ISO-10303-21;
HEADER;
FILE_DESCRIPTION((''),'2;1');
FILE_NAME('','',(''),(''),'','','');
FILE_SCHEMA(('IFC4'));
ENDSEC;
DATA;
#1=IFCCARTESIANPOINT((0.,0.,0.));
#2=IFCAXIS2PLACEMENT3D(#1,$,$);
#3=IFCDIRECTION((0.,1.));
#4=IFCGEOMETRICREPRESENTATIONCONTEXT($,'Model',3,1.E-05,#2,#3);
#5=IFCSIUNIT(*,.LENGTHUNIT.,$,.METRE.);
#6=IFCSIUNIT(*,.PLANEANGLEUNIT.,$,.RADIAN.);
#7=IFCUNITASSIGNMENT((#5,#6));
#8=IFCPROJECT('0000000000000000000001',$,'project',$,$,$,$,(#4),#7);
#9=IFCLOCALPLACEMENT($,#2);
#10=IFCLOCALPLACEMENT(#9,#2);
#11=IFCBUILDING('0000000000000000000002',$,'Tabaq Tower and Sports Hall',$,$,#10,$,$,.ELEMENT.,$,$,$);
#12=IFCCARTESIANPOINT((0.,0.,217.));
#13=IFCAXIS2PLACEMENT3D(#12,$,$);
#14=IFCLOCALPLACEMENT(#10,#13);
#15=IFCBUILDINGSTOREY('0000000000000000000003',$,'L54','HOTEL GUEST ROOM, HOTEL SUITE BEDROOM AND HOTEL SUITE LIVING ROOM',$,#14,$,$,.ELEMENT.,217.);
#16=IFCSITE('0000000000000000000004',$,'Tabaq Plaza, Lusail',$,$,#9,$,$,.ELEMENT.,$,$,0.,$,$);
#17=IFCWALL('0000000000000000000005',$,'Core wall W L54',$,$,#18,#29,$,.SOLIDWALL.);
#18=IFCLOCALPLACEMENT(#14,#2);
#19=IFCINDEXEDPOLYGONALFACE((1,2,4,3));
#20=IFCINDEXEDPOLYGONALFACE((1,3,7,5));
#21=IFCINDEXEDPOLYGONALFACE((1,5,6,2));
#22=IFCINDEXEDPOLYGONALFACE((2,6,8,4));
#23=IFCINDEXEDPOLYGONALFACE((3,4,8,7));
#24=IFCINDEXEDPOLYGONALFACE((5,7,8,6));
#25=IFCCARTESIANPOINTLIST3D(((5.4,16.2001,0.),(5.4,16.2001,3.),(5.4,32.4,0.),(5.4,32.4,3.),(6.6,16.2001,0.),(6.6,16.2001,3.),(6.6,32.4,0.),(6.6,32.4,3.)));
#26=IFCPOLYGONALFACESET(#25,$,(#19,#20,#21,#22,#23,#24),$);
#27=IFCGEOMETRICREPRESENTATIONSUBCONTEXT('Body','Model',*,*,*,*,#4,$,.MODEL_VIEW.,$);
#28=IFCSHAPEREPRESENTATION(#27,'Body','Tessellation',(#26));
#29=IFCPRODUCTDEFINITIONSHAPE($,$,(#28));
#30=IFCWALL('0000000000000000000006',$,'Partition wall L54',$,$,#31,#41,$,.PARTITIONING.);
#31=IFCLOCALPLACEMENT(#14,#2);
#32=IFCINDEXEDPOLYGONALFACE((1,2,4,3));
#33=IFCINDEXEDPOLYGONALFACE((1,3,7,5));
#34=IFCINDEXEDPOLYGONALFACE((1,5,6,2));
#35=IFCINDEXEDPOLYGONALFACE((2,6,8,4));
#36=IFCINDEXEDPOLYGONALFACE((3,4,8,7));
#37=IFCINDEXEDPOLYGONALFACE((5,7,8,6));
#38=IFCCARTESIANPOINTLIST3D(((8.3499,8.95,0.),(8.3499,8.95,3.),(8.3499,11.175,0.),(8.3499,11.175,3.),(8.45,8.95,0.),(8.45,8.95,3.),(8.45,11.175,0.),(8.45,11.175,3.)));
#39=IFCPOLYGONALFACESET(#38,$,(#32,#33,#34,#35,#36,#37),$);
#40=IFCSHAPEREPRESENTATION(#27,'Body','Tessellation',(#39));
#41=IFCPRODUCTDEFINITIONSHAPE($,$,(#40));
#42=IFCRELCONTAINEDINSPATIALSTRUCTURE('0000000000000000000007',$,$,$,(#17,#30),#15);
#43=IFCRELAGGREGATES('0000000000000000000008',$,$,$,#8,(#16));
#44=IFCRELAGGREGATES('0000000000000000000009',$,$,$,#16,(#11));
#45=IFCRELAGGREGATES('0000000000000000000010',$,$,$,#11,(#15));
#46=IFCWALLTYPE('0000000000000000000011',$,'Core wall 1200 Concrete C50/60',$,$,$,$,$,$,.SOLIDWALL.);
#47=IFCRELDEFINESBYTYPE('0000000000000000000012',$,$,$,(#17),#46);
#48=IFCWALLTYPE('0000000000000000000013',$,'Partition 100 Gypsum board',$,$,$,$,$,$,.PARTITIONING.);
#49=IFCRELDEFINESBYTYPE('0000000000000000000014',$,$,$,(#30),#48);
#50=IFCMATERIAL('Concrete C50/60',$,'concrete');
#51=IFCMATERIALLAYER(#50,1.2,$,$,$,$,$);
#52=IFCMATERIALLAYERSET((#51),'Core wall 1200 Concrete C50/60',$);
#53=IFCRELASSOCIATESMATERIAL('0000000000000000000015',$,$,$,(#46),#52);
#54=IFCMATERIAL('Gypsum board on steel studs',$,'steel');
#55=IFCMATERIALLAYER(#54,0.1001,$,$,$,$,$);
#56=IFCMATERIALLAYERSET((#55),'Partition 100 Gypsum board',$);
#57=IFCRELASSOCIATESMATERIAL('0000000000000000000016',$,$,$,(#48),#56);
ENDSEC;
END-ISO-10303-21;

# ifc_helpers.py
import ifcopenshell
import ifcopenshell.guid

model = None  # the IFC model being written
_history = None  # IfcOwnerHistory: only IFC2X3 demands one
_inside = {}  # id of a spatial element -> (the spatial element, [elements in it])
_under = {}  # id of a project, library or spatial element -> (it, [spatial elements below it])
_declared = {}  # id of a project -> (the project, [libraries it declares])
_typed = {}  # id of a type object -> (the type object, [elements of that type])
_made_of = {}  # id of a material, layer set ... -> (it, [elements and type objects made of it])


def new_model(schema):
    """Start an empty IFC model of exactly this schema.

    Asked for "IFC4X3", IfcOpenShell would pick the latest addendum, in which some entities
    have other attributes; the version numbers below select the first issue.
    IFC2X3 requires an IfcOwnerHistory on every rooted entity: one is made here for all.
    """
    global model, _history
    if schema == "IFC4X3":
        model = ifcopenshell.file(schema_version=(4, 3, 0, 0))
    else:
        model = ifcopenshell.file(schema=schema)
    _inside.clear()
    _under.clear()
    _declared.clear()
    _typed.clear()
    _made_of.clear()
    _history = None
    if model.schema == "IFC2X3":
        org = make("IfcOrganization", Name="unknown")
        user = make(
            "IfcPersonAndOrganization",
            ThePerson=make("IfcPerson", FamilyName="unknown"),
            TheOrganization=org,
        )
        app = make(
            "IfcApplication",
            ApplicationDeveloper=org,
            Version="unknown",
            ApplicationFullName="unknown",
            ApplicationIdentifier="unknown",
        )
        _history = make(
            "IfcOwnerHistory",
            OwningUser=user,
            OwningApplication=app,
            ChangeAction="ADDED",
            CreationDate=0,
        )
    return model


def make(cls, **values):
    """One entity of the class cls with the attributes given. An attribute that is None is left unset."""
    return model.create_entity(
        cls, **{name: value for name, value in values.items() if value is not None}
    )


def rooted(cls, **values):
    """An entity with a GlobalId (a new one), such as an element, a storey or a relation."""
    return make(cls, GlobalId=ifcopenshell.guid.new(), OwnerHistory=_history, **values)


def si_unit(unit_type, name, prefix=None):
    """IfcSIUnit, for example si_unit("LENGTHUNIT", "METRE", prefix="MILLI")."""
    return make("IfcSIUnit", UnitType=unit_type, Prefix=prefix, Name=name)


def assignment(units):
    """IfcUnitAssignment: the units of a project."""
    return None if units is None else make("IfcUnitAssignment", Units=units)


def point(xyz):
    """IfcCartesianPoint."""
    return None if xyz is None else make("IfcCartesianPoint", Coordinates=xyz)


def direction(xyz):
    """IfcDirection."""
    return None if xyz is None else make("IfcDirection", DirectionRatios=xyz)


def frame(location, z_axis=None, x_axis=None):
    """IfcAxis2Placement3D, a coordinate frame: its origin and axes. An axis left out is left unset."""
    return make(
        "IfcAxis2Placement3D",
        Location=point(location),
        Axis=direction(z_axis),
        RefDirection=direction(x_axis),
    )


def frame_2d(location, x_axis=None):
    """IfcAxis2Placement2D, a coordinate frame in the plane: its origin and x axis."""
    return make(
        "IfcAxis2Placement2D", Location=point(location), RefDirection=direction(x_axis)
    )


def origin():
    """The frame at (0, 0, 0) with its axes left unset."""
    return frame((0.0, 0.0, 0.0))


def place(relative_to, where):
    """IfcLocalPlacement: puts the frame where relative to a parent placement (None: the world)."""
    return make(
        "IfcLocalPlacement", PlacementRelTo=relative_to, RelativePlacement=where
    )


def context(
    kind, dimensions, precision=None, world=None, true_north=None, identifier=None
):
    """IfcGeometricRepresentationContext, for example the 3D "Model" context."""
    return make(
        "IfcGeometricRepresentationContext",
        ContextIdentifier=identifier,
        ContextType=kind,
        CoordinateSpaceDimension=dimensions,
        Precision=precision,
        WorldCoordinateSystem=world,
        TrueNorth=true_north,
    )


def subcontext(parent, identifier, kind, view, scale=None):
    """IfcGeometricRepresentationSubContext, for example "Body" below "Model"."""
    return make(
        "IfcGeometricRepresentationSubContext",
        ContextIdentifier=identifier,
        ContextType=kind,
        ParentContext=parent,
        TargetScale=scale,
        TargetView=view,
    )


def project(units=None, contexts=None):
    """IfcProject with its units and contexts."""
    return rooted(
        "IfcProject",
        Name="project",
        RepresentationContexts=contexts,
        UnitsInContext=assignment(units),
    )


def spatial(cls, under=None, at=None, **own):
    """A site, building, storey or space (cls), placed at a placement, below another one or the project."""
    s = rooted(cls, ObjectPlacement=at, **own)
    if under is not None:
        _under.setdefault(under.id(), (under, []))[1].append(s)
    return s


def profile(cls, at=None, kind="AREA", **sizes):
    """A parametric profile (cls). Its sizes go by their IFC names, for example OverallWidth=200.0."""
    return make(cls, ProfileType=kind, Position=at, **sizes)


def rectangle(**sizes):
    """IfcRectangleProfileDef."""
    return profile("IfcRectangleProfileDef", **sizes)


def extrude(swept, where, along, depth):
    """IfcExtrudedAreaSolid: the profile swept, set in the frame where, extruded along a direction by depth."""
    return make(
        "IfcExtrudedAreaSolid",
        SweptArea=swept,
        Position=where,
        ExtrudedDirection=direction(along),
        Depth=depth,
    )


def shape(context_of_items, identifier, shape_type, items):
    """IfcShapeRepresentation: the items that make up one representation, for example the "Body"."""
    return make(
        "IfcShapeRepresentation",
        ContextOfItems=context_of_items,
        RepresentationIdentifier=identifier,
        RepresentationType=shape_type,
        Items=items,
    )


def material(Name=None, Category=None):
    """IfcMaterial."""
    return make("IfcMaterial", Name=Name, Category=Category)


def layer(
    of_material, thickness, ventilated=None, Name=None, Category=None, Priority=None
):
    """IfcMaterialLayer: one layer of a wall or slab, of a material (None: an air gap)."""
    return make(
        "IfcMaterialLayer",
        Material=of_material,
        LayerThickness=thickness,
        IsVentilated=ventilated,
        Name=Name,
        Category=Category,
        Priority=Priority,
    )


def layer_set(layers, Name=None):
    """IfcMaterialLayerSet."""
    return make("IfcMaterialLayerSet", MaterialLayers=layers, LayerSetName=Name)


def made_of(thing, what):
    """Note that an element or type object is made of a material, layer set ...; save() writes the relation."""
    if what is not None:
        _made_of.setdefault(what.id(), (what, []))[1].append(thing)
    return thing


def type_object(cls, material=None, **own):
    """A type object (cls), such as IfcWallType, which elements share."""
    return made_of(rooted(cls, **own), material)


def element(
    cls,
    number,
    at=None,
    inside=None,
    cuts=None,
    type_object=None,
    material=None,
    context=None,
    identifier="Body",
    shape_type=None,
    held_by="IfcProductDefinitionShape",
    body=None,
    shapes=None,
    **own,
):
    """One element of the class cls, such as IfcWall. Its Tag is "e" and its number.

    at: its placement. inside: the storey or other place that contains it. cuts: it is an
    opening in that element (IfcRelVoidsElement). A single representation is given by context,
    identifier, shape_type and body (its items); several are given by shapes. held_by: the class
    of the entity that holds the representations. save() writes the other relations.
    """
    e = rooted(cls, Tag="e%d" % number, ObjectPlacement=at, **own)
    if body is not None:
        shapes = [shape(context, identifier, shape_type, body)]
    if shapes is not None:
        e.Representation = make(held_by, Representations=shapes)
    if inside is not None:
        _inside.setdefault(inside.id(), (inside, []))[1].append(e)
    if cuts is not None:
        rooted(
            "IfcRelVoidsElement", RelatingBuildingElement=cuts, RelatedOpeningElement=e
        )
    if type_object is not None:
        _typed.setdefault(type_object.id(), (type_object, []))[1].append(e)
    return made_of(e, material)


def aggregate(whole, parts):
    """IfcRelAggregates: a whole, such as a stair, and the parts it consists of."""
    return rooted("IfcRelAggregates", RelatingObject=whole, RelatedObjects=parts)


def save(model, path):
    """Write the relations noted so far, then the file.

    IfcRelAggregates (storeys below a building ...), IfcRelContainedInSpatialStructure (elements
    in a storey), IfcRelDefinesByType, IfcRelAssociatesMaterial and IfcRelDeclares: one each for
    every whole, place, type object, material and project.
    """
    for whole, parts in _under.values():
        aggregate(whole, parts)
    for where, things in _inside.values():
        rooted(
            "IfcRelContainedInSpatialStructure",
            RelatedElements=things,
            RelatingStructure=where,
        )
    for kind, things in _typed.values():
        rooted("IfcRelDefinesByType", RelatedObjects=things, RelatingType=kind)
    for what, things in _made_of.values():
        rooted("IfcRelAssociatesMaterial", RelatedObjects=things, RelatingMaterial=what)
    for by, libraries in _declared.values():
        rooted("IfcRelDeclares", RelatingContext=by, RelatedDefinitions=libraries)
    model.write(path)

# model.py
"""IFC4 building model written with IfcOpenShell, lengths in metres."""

from ifc_helpers import new_model, si_unit, direction, frame, frame_2d, origin, place, context, subcontext, project, spatial, rectangle, extrude, material, layer, layer_set, type_object, element, save


model = new_model("IFC4")

# Units and contexts
model_context = context("Model", 3, precision=1e-05, world=origin(), true_north=direction((0.0, 1.0)))
body_context = subcontext(model_context, "Body", "Model", "MODEL_VIEW")
ifc_project = project(units=[si_unit("LENGTHUNIT", "METRE"), si_unit("PLANEANGLEUNIT", "RADIAN")], contexts=[model_context])

# Site, building, storey
site_placement = place(None, origin())
site = spatial("IfcSite", under=ifc_project, at=site_placement, Name="Tabaq Plaza, Lusail", CompositionType="ELEMENT", RefElevation=0.0)
building_placement = place(site_placement, origin())
building = spatial("IfcBuilding", under=site, at=building_placement, Name="Tabaq Tower and Sports Hall", CompositionType="ELEMENT")
storey_placement = place(building_placement, frame((0.0, 0.0, 217.0)))
storey = spatial("IfcBuildingStorey", under=building, at=storey_placement, Name="L54", Description="HOTEL GUEST ROOM, HOTEL SUITE BEDROOM AND HOTEL SUITE LIVING ROOM", CompositionType="ELEMENT", Elevation=217.0)

# Walls
ifc_material_1 = material(Name="Concrete C50/60", Category="concrete")
ifc_layer_1 = layer(ifc_material_1, 1.2)
ifc_layer_set_1 = layer_set([ifc_layer_1], Name="Core wall 1200 Concrete C50/60")
wall_type_1 = type_object("IfcWallType", Name="Core wall 1200 Concrete C50/60", PredefinedType="SOLIDWALL", material=ifc_layer_set_1)
wall_1_placement = place(storey_placement, frame((6.0, 16.2, 0.0), z_axis=(0.0, 0.0, 1.0), x_axis=(0.0, 1.0, 0.0)))
element("IfcWall", 1, at=wall_1_placement, inside=storey, type_object=wall_type_1, Name="Core wall W L54", PredefinedType="SOLIDWALL", context=body_context, shape_type="SweptSolid", body=[
    extrude(rectangle(XDim=16.2, YDim=1.2, at=frame_2d((8.1001, 0.0))), origin(), (0.0, 0.0, 1.0), 3.0),
])
ifc_material_2 = material(Name="Gypsum board on steel studs", Category="steel")
ifc_layer_2 = layer(ifc_material_2, 0.1001)
ifc_layer_set_2 = layer_set([ifc_layer_2], Name="Partition 100 Gypsum board")
wall_type_2 = type_object("IfcWallType", Name="Partition 100 Gypsum board", PredefinedType="PARTITIONING", material=ifc_layer_set_2)
wall_2_placement = place(storey_placement, frame((8.3999, 11.175, 0.0), z_axis=(0.0, 0.0, 1.0), x_axis=(0.0, -1.0, 0.0)))
element("IfcWall", 2, at=wall_2_placement, inside=storey, type_object=wall_type_2, Name="Partition wall L54", PredefinedType="PARTITIONING", context=body_context, shape_type="SweptSolid", body=[
    extrude(rectangle(XDim=2.2251, YDim=0.1001, at=frame_2d((1.1125, 0.0))), origin(), (0.0, 0.0, 1.0), 3.0),
])

save(model, "model.ifc")
